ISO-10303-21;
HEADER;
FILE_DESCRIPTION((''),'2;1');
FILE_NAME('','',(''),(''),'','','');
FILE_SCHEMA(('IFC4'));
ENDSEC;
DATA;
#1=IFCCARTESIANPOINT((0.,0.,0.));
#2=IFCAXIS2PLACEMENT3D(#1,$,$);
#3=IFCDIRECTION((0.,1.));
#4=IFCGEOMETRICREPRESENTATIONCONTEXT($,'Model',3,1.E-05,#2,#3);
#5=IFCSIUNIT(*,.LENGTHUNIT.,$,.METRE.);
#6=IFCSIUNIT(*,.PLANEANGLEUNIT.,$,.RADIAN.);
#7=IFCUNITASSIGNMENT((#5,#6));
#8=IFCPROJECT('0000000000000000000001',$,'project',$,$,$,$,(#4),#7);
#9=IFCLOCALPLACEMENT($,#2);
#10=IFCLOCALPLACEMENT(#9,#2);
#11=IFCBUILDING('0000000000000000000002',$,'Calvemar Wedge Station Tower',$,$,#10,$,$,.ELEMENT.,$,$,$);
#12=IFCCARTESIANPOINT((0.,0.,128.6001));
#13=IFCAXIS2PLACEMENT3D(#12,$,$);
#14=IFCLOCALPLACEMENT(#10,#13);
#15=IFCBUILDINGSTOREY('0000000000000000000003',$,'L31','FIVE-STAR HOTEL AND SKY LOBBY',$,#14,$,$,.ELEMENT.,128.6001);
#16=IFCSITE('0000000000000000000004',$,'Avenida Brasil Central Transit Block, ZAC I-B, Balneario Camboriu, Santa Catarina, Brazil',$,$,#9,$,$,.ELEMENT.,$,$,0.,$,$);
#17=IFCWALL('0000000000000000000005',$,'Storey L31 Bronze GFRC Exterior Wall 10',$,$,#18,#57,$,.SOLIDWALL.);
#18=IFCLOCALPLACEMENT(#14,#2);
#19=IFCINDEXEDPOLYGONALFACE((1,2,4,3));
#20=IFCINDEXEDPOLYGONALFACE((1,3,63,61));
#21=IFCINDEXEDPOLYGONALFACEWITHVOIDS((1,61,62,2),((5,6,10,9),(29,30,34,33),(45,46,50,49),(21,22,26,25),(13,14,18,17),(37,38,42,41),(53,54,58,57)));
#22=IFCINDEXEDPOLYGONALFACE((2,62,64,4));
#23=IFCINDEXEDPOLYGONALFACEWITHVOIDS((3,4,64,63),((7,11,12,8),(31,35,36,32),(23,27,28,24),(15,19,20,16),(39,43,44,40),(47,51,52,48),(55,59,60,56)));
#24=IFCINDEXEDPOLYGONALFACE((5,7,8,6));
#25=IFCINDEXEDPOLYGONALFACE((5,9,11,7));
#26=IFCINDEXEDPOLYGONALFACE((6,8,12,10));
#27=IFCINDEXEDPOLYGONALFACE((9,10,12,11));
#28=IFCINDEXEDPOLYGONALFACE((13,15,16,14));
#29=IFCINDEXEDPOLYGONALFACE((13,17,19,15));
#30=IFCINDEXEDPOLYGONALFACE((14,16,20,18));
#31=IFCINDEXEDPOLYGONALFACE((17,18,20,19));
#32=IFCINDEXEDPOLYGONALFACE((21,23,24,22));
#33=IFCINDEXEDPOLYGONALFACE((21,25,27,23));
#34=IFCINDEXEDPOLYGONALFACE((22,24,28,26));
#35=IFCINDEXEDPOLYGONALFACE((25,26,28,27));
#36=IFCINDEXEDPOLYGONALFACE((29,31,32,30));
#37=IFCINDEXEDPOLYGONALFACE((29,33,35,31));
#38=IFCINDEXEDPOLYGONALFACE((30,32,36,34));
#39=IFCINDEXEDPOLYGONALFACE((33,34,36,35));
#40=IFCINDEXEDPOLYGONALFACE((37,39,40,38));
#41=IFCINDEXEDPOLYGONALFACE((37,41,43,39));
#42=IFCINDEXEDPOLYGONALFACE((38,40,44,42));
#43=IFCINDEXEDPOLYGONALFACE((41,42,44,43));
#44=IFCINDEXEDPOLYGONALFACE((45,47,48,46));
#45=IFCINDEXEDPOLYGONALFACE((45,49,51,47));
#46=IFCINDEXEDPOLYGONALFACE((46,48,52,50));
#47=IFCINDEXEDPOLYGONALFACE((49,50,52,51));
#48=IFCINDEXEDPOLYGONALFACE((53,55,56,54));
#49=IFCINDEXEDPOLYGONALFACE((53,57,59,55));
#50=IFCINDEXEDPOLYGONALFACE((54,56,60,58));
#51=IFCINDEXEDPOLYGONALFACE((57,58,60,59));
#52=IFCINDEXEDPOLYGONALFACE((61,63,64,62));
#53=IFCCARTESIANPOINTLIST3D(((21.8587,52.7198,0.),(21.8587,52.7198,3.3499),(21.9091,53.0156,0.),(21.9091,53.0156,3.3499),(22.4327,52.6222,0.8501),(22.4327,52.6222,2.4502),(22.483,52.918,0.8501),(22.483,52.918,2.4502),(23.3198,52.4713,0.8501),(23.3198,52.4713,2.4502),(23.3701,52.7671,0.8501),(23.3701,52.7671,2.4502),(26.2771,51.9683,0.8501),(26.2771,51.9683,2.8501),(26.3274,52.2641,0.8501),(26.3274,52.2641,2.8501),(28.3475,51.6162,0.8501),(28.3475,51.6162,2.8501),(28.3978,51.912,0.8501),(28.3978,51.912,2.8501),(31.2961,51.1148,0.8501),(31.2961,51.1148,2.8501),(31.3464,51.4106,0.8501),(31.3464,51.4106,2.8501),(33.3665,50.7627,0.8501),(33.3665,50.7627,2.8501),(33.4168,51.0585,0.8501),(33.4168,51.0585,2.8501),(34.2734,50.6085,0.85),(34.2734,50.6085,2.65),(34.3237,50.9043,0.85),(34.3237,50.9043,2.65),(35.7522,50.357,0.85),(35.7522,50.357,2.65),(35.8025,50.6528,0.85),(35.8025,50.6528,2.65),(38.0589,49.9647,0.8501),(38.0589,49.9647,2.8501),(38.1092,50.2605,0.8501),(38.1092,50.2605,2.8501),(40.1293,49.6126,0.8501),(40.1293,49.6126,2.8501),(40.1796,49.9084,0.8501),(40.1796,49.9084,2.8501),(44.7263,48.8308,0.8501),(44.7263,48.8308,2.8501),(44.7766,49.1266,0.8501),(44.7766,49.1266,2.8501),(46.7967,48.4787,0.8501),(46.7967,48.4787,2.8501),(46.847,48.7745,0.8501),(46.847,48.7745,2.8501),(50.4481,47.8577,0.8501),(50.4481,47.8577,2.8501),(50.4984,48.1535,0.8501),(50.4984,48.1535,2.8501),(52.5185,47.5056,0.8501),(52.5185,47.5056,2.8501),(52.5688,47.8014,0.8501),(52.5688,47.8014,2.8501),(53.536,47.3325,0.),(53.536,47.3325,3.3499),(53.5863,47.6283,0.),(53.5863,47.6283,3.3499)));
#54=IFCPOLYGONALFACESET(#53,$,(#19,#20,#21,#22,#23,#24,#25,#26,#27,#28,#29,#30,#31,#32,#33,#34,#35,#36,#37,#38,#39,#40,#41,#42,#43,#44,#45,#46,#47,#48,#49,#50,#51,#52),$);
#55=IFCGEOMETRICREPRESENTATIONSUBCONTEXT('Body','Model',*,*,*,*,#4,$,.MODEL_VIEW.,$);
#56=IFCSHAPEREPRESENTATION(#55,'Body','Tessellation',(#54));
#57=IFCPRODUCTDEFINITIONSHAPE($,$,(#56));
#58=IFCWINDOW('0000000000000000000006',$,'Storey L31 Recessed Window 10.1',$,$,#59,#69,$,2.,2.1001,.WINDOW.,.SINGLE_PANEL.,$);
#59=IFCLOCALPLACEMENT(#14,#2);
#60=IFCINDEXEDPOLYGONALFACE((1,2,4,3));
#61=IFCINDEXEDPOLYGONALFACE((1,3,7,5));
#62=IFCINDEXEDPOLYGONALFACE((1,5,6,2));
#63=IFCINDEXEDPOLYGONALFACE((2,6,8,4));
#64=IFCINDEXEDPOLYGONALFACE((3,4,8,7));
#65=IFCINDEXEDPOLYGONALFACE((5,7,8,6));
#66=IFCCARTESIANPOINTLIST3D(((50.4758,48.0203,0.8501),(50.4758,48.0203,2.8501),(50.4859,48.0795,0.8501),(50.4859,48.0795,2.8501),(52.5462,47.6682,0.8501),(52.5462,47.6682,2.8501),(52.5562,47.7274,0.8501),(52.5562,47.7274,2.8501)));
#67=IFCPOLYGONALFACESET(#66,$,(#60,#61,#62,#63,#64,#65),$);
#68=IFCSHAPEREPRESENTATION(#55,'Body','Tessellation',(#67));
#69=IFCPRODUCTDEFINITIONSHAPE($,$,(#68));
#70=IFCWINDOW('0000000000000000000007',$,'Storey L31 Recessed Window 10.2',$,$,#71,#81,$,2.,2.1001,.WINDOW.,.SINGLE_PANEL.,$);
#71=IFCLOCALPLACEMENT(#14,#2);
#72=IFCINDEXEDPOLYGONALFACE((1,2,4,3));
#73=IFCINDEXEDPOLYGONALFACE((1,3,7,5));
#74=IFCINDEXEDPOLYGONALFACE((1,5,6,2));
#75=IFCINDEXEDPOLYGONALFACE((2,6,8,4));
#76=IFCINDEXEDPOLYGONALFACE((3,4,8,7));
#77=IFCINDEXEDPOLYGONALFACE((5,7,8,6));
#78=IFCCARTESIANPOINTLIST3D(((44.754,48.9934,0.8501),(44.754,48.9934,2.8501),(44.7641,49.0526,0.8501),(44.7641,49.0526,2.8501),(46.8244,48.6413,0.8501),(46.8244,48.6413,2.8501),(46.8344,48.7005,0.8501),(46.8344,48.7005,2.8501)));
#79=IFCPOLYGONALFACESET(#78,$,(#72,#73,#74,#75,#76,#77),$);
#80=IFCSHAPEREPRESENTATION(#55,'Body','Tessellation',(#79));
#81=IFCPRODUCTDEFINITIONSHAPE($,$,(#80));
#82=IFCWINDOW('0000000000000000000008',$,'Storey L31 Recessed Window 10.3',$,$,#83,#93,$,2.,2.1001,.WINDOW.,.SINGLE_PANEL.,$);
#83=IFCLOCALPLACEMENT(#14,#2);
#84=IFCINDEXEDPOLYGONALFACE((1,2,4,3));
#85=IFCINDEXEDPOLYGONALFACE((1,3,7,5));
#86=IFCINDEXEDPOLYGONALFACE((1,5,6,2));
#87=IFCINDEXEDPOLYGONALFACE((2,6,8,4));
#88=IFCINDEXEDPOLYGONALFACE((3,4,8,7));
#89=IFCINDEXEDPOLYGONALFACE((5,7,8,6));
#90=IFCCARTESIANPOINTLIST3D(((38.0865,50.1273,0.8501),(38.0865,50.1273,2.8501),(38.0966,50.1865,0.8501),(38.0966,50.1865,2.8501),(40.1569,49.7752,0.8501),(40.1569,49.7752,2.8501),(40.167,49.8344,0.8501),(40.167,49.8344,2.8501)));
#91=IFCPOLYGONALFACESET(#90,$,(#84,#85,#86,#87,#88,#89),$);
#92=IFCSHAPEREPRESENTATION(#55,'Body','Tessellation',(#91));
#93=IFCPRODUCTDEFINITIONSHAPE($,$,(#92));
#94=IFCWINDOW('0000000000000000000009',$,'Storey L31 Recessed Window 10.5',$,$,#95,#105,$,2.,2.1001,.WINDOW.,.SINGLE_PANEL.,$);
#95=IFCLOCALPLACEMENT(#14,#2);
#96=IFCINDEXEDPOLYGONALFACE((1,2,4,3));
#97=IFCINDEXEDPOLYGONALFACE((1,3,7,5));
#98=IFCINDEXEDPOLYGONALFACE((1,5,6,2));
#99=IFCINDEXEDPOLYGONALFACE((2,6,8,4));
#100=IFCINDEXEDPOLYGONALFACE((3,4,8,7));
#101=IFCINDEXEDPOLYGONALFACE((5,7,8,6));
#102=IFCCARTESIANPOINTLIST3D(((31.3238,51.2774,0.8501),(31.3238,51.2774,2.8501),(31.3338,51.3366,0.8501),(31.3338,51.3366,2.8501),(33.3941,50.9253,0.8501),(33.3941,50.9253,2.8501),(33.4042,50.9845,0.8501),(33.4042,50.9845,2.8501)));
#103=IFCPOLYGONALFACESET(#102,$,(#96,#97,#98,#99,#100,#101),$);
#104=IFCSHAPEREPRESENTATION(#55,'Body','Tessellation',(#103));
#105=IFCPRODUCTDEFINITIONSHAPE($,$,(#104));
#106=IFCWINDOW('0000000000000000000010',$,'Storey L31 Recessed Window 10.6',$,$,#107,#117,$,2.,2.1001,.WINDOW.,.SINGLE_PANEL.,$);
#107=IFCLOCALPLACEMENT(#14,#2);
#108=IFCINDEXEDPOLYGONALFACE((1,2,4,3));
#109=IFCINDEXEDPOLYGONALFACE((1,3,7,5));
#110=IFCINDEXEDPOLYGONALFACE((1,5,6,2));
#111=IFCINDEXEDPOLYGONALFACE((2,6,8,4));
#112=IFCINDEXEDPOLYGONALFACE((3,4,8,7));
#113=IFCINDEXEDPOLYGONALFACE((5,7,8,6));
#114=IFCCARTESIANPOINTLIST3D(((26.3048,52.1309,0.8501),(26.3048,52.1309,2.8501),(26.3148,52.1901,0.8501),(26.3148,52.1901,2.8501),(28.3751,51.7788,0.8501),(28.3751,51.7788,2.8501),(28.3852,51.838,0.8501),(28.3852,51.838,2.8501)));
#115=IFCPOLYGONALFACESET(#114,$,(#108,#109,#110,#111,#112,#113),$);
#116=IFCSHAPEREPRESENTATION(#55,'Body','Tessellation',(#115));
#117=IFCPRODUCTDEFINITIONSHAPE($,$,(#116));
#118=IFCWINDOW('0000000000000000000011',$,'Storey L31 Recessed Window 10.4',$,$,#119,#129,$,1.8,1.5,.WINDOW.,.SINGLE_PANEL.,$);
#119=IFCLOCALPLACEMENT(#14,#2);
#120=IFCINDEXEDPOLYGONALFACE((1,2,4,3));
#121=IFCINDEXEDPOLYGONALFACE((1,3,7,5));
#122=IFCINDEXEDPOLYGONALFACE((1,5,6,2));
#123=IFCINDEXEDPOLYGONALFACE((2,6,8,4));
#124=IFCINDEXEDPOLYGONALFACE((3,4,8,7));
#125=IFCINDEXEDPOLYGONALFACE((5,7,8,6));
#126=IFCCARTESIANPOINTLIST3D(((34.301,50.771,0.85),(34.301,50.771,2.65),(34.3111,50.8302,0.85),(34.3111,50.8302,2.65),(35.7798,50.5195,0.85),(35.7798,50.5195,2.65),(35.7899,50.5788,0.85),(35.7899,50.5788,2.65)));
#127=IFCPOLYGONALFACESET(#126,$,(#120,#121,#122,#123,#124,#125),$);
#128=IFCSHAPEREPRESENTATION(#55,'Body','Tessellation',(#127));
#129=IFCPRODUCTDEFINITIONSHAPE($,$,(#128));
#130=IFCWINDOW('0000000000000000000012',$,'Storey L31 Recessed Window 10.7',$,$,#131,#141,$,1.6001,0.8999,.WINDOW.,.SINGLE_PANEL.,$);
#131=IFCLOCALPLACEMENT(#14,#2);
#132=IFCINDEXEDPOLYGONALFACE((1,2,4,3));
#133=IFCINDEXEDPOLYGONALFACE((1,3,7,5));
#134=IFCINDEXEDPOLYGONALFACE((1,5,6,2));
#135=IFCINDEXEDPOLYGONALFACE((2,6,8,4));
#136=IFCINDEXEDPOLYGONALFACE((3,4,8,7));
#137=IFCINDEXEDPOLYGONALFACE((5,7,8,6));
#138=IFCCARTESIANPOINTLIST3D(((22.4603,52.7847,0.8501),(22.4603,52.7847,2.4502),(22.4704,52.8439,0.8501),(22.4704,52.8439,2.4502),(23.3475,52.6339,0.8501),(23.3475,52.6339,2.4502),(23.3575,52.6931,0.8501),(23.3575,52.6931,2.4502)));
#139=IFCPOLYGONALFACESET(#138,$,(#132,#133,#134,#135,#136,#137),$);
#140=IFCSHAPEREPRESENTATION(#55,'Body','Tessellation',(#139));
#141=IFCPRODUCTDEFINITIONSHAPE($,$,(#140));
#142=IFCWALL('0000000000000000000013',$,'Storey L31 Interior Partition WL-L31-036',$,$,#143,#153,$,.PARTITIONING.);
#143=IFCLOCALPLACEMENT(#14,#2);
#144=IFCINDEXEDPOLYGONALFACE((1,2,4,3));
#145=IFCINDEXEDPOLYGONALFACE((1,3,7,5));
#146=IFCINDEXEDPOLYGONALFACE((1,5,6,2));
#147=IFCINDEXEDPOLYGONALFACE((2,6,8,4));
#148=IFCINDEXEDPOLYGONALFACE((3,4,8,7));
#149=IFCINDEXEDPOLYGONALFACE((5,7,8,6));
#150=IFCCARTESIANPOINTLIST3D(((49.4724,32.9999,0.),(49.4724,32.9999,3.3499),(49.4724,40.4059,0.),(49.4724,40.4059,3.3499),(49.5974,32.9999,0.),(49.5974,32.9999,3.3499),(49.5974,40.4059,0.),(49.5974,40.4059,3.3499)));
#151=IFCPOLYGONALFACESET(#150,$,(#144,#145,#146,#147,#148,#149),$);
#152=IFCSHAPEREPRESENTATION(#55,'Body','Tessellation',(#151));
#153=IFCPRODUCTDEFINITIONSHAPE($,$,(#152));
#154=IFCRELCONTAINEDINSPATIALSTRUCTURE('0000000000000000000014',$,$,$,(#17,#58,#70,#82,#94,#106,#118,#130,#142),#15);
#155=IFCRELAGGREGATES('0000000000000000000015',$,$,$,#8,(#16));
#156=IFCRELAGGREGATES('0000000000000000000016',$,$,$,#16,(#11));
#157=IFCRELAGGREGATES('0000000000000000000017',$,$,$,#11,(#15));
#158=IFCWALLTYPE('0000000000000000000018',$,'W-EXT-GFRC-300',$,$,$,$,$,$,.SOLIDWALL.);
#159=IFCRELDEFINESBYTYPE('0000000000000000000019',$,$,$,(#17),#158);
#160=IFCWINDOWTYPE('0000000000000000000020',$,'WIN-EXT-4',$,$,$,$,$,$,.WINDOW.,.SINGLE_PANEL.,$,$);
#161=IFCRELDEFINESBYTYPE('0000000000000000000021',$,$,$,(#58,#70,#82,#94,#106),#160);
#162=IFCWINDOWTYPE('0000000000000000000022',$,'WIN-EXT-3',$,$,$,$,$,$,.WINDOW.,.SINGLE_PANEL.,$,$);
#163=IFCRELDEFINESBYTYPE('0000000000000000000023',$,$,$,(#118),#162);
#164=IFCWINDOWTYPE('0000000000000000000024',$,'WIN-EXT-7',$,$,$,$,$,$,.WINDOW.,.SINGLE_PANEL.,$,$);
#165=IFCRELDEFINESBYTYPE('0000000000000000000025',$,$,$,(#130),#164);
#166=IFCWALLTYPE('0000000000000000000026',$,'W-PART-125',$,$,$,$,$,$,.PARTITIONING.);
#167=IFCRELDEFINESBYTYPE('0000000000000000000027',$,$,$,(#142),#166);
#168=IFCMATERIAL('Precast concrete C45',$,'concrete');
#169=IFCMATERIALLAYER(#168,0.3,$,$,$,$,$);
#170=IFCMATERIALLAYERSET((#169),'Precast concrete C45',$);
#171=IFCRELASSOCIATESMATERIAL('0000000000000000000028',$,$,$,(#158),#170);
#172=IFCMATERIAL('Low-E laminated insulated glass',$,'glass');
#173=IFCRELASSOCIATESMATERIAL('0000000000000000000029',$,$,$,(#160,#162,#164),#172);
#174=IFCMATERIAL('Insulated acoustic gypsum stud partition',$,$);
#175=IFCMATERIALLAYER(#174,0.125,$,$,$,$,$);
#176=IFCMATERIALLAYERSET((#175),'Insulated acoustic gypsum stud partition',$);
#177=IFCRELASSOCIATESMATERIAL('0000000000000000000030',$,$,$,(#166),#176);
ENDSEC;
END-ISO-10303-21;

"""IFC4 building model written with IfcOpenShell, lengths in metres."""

from ifc_helpers import new_model, si_unit, direction, frame, frame_2d, origin, place, context, subcontext, project, spatial, rectangle, extrude, source, transform, mapped, material, layer, layer_set, type_object, element, fill, save


model = new_model("IFC4")

# Units and contexts
model_context = context("Model", 3, precision=1e-05, world=origin(), true_north=direction((0.0, 1.0)))
body_context = subcontext(model_context, "Body", "Model", "MODEL_VIEW")
ifc_project = project(units=[si_unit("LENGTHUNIT", "METRE"), si_unit("PLANEANGLEUNIT", "RADIAN")], contexts=[model_context])

# Site, building, storey
site_placement = place(None, origin())
site = spatial("IfcSite", under=ifc_project, at=site_placement, Name="Avenida Brasil Central Transit Block, ZAC I-B, Balneario Camboriu, Santa Catarina, Brazil", CompositionType="ELEMENT", RefElevation=0.0)
building_placement = place(site_placement, origin())
building = spatial("IfcBuilding", under=site, at=building_placement, Name="Calvemar Wedge Station Tower", CompositionType="ELEMENT")
storey_placement = place(building_placement, frame((0.0, 0.0, 128.6001)))
storey = spatial("IfcBuildingStorey", under=building, at=storey_placement, Name="L31", Description="FIVE-STAR HOTEL AND SKY LOBBY", CompositionType="ELEMENT", Elevation=128.6001)

# Shared definitions
ifc_material_1 = material(Name="Precast concrete C45", Category="concrete")
ifc_layer_1 = layer(ifc_material_1, 0.3)
ifc_layer_set_1 = layer_set([ifc_layer_1], Name="Precast concrete C45")
wall_type_1 = type_object("IfcWallType", Name="W-EXT-GFRC-300", PredefinedType="SOLIDWALL", material=ifc_layer_set_1)
ifc_material_2 = material(Name="Low-E laminated insulated glass", Category="glass")

# Wall, openings, windows
wall_1_placement = place(storey_placement, frame((53.561, 47.4805, 0.0), z_axis=(0.0, 0.0, 1.0), x_axis=(-0.985845, 0.167658, 0.0)))
wall_1 = element("IfcWall", 1, at=wall_1_placement, inside=storey, type_object=wall_type_1, Name="Storey L31 Bronze GFRC Exterior Wall 10", PredefinedType="SOLIDWALL", context=body_context, shape_type="SweptSolid", body=[
    extrude(rectangle(XDim=32.1321, YDim=0.3, at=frame_2d((16.0659, 0.0))), origin(), (0.0, 0.0, 1.0), 3.3499),
])
shared_shape_1 = source(origin(), body_context, "Body", "SweptSolid", [
    extrude(rectangle(XDim=2.1001, YDim=2.0, at=frame_2d((1.05, 1.0))), frame((0.0, 0.1602, 0.0), z_axis=(0.0, -1.0, 0.0), x_axis=(1.0, 0.0, 0.0)), (0.0, 0.0, 1.0), 0.3201),
])
opening_1_placement = place(wall_1_placement, frame((1.032, 0.0, 0.8501)))
opening_1 = element("IfcOpeningElement", 2, at=opening_1_placement, cuts=wall_1, PredefinedType="OPENING", context=body_context, shape_type="MappedRepresentation", body=[
    mapped(shared_shape_1, transform((0.0, 0.0, 0.0), scale=1.0)),
])
opening_2_placement = place(wall_1_placement, frame((6.8359, 0.0, 0.8501)))
opening_2 = element("IfcOpeningElement", 3, at=opening_2_placement, cuts=wall_1, PredefinedType="OPENING", context=body_context, shape_type="MappedRepresentation", body=[
    mapped(shared_shape_1, transform((0.0, 0.0, 0.0), scale=1.0)),
])
opening_3_placement = place(wall_1_placement, frame((13.5991, 0.0, 0.8501)))
opening_3 = element("IfcOpeningElement", 4, at=opening_3_placement, cuts=wall_1, PredefinedType="OPENING", context=body_context, shape_type="MappedRepresentation", body=[
    mapped(shared_shape_1, transform((0.0, 0.0, 0.0), scale=1.0)),
])
shared_shape_2 = source(origin(), body_context, "Body", "SweptSolid", [
    extrude(rectangle(XDim=1.5, YDim=1.8, at=frame_2d((0.75, 0.8999))), frame((0.0, 0.1602, 0.0), z_axis=(0.0, -1.0, 0.0), x_axis=(1.0, 0.0, 0.0)), (0.0, 0.0, 1.0), 0.3201),
])
opening_4_placement = place(wall_1_placement, frame((18.0391, 0.0, 0.8501)))
opening_4 = element("IfcOpeningElement", 5, at=opening_4_placement, cuts=wall_1, PredefinedType="OPENING", context=body_context, shape_type="MappedRepresentation", body=[
    mapped(shared_shape_2, transform((0.0, 0.0, 0.0), scale=1.0)),
])
opening_5_placement = place(wall_1_placement, frame((20.459, 0.0, 0.8501)))
opening_5 = element("IfcOpeningElement", 6, at=opening_5_placement, cuts=wall_1, PredefinedType="OPENING", context=body_context, shape_type="MappedRepresentation", body=[
    mapped(shared_shape_1, transform((0.0, 0.0, 0.0), scale=1.0)),
])
opening_6_placement = place(wall_1_placement, frame((25.55, 0.0, 0.8501)))
opening_6 = element("IfcOpeningElement", 7, at=opening_6_placement, cuts=wall_1, PredefinedType="OPENING", context=body_context, shape_type="MappedRepresentation", body=[
    mapped(shared_shape_1, transform((0.0, 0.0, 0.0), scale=1.0)),
])
shared_shape_3 = source(origin(), body_context, "Body", "SweptSolid", [
    extrude(rectangle(XDim=0.8999, YDim=1.6001, at=frame_2d((0.45, 0.8))), frame((0.0, 0.1602, 0.0), z_axis=(0.0, -1.0, 0.0), x_axis=(1.0, 0.0, 0.0)), (0.0, 0.0, 1.0), 0.3201),
])
opening_7_placement = place(wall_1_placement, frame((30.6499, 0.0, 0.8501)))
opening_7 = element("IfcOpeningElement", 8, at=opening_7_placement, cuts=wall_1, PredefinedType="OPENING", context=body_context, shape_type="MappedRepresentation", body=[
    mapped(shared_shape_3, transform((0.0, 0.0, 0.0), scale=1.0)),
])
window_type_1 = type_object("IfcWindowType", Name="WIN-EXT-4", PartitioningType="SINGLE_PANEL", PredefinedType="WINDOW", material=ifc_material_2)
shared_shape_4 = source(origin(), body_context, "Body", "SweptSolid", [
    extrude(rectangle(XDim=2.1001, YDim=2.0, at=frame_2d((1.05, 1.0))), frame((0.0, -0.0149, 0.0), z_axis=(0.0, -1.0, 0.0), x_axis=(1.0, 0.0, 0.0)), (0.0, 0.0, 1.0), 0.0601),
])
window_1_placement = place(opening_1_placement, origin())
window_1 = element("IfcWindow", 9, at=window_1_placement, inside=storey, type_object=window_type_1, Name="Storey L31 Recessed Window 10.1", OverallHeight=2.0, OverallWidth=2.1001, PartitioningType="SINGLE_PANEL", PredefinedType="WINDOW", context=body_context, shape_type="MappedRepresentation", body=[
    mapped(shared_shape_4, transform((0.0, 0.0, 0.0), scale=1.0)),
])
fill(opening_1, window_1)
window_2_placement = place(opening_2_placement, origin())
window_2 = element("IfcWindow", 10, at=window_2_placement, inside=storey, type_object=window_type_1, Name="Storey L31 Recessed Window 10.2", OverallHeight=2.0, OverallWidth=2.1001, PartitioningType="SINGLE_PANEL", PredefinedType="WINDOW", context=body_context, shape_type="MappedRepresentation", body=[
    mapped(shared_shape_4, transform((0.0, 0.0, 0.0), scale=1.0)),
])
fill(opening_2, window_2)
window_3_placement = place(opening_3_placement, origin())
window_3 = element("IfcWindow", 11, at=window_3_placement, inside=storey, type_object=window_type_1, Name="Storey L31 Recessed Window 10.3", OverallHeight=2.0, OverallWidth=2.1001, PartitioningType="SINGLE_PANEL", PredefinedType="WINDOW", context=body_context, shape_type="MappedRepresentation", body=[
    mapped(shared_shape_4, transform((0.0, 0.0, 0.0), scale=1.0)),
])
fill(opening_3, window_3)
window_4_placement = place(opening_5_placement, origin())
window_4 = element("IfcWindow", 12, at=window_4_placement, inside=storey, type_object=window_type_1, Name="Storey L31 Recessed Window 10.5", OverallHeight=2.0, OverallWidth=2.1001, PartitioningType="SINGLE_PANEL", PredefinedType="WINDOW", context=body_context, shape_type="MappedRepresentation", body=[
    mapped(shared_shape_4, transform((0.0, 0.0, 0.0), scale=1.0)),
])
fill(opening_5, window_4)
window_5_placement = place(opening_6_placement, origin())
window_5 = element("IfcWindow", 13, at=window_5_placement, inside=storey, type_object=window_type_1, Name="Storey L31 Recessed Window 10.6", OverallHeight=2.0, OverallWidth=2.1001, PartitioningType="SINGLE_PANEL", PredefinedType="WINDOW", context=body_context, shape_type="MappedRepresentation", body=[
    mapped(shared_shape_4, transform((0.0, 0.0, 0.0), scale=1.0)),
])
fill(opening_6, window_5)
window_type_2 = type_object("IfcWindowType", Name="WIN-EXT-3", PartitioningType="SINGLE_PANEL", PredefinedType="WINDOW", material=ifc_material_2)
shared_shape_5 = source(origin(), body_context, "Body", "SweptSolid", [
    extrude(rectangle(XDim=1.5, YDim=1.8, at=frame_2d((0.75, 0.8999))), frame((0.0, -0.0149, 0.0), z_axis=(0.0, -1.0, 0.0), x_axis=(1.0, 0.0, 0.0)), (0.0, 0.0, 1.0), 0.0601),
])
window_6_placement = place(opening_4_placement, origin())
window_6 = element("IfcWindow", 14, at=window_6_placement, inside=storey, type_object=window_type_2, Name="Storey L31 Recessed Window 10.4", OverallHeight=1.8, OverallWidth=1.5, PartitioningType="SINGLE_PANEL", PredefinedType="WINDOW", context=body_context, shape_type="MappedRepresentation", body=[
    mapped(shared_shape_5, transform((0.0, 0.0, 0.0), scale=1.0)),
])
fill(opening_4, window_6)
window_type_3 = type_object("IfcWindowType", Name="WIN-EXT-7", PartitioningType="SINGLE_PANEL", PredefinedType="WINDOW", material=ifc_material_2)
shared_shape_6 = source(origin(), body_context, "Body", "SweptSolid", [
    extrude(rectangle(XDim=0.8999, YDim=1.6001, at=frame_2d((0.45, 0.8))), frame((0.0, -0.0149, 0.0), z_axis=(0.0, -1.0, 0.0), x_axis=(1.0, 0.0, 0.0)), (0.0, 0.0, 1.0), 0.0601),
])
window_7_placement = place(opening_7_placement, origin())
window_7 = element("IfcWindow", 15, at=window_7_placement, inside=storey, type_object=window_type_3, Name="Storey L31 Recessed Window 10.7", OverallHeight=1.6001, OverallWidth=0.8999, PartitioningType="SINGLE_PANEL", PredefinedType="WINDOW", context=body_context, shape_type="MappedRepresentation", body=[
    mapped(shared_shape_6, transform((0.0, 0.0, 0.0), scale=1.0)),
])
fill(opening_7, window_7)

# Wall
ifc_material_3 = material(Name="Insulated acoustic gypsum stud partition")
ifc_layer_2 = layer(ifc_material_3, 0.125)
ifc_layer_set_2 = layer_set([ifc_layer_2], Name="Insulated acoustic gypsum stud partition")
wall_type_2 = type_object("IfcWallType", Name="W-PART-125", PredefinedType="PARTITIONING", material=ifc_layer_set_2)
wall_2_placement = place(storey_placement, frame((49.5349, 40.406, 0.0), z_axis=(0.0, 0.0, 1.0), x_axis=(0.0, -1.0, 0.0)))
element("IfcWall", 16, at=wall_2_placement, inside=storey, type_object=wall_type_2, Name="Storey L31 Interior Partition WL-L31-036", PredefinedType="PARTITIONING", context=body_context, shape_type="SweptSolid", body=[
    extrude(rectangle(XDim=7.406, YDim=0.125, at=frame_2d((3.7031, 0.0))), origin(), (0.0, 0.0, 1.0), 3.3499),
])

save(model, "model.ifc")
